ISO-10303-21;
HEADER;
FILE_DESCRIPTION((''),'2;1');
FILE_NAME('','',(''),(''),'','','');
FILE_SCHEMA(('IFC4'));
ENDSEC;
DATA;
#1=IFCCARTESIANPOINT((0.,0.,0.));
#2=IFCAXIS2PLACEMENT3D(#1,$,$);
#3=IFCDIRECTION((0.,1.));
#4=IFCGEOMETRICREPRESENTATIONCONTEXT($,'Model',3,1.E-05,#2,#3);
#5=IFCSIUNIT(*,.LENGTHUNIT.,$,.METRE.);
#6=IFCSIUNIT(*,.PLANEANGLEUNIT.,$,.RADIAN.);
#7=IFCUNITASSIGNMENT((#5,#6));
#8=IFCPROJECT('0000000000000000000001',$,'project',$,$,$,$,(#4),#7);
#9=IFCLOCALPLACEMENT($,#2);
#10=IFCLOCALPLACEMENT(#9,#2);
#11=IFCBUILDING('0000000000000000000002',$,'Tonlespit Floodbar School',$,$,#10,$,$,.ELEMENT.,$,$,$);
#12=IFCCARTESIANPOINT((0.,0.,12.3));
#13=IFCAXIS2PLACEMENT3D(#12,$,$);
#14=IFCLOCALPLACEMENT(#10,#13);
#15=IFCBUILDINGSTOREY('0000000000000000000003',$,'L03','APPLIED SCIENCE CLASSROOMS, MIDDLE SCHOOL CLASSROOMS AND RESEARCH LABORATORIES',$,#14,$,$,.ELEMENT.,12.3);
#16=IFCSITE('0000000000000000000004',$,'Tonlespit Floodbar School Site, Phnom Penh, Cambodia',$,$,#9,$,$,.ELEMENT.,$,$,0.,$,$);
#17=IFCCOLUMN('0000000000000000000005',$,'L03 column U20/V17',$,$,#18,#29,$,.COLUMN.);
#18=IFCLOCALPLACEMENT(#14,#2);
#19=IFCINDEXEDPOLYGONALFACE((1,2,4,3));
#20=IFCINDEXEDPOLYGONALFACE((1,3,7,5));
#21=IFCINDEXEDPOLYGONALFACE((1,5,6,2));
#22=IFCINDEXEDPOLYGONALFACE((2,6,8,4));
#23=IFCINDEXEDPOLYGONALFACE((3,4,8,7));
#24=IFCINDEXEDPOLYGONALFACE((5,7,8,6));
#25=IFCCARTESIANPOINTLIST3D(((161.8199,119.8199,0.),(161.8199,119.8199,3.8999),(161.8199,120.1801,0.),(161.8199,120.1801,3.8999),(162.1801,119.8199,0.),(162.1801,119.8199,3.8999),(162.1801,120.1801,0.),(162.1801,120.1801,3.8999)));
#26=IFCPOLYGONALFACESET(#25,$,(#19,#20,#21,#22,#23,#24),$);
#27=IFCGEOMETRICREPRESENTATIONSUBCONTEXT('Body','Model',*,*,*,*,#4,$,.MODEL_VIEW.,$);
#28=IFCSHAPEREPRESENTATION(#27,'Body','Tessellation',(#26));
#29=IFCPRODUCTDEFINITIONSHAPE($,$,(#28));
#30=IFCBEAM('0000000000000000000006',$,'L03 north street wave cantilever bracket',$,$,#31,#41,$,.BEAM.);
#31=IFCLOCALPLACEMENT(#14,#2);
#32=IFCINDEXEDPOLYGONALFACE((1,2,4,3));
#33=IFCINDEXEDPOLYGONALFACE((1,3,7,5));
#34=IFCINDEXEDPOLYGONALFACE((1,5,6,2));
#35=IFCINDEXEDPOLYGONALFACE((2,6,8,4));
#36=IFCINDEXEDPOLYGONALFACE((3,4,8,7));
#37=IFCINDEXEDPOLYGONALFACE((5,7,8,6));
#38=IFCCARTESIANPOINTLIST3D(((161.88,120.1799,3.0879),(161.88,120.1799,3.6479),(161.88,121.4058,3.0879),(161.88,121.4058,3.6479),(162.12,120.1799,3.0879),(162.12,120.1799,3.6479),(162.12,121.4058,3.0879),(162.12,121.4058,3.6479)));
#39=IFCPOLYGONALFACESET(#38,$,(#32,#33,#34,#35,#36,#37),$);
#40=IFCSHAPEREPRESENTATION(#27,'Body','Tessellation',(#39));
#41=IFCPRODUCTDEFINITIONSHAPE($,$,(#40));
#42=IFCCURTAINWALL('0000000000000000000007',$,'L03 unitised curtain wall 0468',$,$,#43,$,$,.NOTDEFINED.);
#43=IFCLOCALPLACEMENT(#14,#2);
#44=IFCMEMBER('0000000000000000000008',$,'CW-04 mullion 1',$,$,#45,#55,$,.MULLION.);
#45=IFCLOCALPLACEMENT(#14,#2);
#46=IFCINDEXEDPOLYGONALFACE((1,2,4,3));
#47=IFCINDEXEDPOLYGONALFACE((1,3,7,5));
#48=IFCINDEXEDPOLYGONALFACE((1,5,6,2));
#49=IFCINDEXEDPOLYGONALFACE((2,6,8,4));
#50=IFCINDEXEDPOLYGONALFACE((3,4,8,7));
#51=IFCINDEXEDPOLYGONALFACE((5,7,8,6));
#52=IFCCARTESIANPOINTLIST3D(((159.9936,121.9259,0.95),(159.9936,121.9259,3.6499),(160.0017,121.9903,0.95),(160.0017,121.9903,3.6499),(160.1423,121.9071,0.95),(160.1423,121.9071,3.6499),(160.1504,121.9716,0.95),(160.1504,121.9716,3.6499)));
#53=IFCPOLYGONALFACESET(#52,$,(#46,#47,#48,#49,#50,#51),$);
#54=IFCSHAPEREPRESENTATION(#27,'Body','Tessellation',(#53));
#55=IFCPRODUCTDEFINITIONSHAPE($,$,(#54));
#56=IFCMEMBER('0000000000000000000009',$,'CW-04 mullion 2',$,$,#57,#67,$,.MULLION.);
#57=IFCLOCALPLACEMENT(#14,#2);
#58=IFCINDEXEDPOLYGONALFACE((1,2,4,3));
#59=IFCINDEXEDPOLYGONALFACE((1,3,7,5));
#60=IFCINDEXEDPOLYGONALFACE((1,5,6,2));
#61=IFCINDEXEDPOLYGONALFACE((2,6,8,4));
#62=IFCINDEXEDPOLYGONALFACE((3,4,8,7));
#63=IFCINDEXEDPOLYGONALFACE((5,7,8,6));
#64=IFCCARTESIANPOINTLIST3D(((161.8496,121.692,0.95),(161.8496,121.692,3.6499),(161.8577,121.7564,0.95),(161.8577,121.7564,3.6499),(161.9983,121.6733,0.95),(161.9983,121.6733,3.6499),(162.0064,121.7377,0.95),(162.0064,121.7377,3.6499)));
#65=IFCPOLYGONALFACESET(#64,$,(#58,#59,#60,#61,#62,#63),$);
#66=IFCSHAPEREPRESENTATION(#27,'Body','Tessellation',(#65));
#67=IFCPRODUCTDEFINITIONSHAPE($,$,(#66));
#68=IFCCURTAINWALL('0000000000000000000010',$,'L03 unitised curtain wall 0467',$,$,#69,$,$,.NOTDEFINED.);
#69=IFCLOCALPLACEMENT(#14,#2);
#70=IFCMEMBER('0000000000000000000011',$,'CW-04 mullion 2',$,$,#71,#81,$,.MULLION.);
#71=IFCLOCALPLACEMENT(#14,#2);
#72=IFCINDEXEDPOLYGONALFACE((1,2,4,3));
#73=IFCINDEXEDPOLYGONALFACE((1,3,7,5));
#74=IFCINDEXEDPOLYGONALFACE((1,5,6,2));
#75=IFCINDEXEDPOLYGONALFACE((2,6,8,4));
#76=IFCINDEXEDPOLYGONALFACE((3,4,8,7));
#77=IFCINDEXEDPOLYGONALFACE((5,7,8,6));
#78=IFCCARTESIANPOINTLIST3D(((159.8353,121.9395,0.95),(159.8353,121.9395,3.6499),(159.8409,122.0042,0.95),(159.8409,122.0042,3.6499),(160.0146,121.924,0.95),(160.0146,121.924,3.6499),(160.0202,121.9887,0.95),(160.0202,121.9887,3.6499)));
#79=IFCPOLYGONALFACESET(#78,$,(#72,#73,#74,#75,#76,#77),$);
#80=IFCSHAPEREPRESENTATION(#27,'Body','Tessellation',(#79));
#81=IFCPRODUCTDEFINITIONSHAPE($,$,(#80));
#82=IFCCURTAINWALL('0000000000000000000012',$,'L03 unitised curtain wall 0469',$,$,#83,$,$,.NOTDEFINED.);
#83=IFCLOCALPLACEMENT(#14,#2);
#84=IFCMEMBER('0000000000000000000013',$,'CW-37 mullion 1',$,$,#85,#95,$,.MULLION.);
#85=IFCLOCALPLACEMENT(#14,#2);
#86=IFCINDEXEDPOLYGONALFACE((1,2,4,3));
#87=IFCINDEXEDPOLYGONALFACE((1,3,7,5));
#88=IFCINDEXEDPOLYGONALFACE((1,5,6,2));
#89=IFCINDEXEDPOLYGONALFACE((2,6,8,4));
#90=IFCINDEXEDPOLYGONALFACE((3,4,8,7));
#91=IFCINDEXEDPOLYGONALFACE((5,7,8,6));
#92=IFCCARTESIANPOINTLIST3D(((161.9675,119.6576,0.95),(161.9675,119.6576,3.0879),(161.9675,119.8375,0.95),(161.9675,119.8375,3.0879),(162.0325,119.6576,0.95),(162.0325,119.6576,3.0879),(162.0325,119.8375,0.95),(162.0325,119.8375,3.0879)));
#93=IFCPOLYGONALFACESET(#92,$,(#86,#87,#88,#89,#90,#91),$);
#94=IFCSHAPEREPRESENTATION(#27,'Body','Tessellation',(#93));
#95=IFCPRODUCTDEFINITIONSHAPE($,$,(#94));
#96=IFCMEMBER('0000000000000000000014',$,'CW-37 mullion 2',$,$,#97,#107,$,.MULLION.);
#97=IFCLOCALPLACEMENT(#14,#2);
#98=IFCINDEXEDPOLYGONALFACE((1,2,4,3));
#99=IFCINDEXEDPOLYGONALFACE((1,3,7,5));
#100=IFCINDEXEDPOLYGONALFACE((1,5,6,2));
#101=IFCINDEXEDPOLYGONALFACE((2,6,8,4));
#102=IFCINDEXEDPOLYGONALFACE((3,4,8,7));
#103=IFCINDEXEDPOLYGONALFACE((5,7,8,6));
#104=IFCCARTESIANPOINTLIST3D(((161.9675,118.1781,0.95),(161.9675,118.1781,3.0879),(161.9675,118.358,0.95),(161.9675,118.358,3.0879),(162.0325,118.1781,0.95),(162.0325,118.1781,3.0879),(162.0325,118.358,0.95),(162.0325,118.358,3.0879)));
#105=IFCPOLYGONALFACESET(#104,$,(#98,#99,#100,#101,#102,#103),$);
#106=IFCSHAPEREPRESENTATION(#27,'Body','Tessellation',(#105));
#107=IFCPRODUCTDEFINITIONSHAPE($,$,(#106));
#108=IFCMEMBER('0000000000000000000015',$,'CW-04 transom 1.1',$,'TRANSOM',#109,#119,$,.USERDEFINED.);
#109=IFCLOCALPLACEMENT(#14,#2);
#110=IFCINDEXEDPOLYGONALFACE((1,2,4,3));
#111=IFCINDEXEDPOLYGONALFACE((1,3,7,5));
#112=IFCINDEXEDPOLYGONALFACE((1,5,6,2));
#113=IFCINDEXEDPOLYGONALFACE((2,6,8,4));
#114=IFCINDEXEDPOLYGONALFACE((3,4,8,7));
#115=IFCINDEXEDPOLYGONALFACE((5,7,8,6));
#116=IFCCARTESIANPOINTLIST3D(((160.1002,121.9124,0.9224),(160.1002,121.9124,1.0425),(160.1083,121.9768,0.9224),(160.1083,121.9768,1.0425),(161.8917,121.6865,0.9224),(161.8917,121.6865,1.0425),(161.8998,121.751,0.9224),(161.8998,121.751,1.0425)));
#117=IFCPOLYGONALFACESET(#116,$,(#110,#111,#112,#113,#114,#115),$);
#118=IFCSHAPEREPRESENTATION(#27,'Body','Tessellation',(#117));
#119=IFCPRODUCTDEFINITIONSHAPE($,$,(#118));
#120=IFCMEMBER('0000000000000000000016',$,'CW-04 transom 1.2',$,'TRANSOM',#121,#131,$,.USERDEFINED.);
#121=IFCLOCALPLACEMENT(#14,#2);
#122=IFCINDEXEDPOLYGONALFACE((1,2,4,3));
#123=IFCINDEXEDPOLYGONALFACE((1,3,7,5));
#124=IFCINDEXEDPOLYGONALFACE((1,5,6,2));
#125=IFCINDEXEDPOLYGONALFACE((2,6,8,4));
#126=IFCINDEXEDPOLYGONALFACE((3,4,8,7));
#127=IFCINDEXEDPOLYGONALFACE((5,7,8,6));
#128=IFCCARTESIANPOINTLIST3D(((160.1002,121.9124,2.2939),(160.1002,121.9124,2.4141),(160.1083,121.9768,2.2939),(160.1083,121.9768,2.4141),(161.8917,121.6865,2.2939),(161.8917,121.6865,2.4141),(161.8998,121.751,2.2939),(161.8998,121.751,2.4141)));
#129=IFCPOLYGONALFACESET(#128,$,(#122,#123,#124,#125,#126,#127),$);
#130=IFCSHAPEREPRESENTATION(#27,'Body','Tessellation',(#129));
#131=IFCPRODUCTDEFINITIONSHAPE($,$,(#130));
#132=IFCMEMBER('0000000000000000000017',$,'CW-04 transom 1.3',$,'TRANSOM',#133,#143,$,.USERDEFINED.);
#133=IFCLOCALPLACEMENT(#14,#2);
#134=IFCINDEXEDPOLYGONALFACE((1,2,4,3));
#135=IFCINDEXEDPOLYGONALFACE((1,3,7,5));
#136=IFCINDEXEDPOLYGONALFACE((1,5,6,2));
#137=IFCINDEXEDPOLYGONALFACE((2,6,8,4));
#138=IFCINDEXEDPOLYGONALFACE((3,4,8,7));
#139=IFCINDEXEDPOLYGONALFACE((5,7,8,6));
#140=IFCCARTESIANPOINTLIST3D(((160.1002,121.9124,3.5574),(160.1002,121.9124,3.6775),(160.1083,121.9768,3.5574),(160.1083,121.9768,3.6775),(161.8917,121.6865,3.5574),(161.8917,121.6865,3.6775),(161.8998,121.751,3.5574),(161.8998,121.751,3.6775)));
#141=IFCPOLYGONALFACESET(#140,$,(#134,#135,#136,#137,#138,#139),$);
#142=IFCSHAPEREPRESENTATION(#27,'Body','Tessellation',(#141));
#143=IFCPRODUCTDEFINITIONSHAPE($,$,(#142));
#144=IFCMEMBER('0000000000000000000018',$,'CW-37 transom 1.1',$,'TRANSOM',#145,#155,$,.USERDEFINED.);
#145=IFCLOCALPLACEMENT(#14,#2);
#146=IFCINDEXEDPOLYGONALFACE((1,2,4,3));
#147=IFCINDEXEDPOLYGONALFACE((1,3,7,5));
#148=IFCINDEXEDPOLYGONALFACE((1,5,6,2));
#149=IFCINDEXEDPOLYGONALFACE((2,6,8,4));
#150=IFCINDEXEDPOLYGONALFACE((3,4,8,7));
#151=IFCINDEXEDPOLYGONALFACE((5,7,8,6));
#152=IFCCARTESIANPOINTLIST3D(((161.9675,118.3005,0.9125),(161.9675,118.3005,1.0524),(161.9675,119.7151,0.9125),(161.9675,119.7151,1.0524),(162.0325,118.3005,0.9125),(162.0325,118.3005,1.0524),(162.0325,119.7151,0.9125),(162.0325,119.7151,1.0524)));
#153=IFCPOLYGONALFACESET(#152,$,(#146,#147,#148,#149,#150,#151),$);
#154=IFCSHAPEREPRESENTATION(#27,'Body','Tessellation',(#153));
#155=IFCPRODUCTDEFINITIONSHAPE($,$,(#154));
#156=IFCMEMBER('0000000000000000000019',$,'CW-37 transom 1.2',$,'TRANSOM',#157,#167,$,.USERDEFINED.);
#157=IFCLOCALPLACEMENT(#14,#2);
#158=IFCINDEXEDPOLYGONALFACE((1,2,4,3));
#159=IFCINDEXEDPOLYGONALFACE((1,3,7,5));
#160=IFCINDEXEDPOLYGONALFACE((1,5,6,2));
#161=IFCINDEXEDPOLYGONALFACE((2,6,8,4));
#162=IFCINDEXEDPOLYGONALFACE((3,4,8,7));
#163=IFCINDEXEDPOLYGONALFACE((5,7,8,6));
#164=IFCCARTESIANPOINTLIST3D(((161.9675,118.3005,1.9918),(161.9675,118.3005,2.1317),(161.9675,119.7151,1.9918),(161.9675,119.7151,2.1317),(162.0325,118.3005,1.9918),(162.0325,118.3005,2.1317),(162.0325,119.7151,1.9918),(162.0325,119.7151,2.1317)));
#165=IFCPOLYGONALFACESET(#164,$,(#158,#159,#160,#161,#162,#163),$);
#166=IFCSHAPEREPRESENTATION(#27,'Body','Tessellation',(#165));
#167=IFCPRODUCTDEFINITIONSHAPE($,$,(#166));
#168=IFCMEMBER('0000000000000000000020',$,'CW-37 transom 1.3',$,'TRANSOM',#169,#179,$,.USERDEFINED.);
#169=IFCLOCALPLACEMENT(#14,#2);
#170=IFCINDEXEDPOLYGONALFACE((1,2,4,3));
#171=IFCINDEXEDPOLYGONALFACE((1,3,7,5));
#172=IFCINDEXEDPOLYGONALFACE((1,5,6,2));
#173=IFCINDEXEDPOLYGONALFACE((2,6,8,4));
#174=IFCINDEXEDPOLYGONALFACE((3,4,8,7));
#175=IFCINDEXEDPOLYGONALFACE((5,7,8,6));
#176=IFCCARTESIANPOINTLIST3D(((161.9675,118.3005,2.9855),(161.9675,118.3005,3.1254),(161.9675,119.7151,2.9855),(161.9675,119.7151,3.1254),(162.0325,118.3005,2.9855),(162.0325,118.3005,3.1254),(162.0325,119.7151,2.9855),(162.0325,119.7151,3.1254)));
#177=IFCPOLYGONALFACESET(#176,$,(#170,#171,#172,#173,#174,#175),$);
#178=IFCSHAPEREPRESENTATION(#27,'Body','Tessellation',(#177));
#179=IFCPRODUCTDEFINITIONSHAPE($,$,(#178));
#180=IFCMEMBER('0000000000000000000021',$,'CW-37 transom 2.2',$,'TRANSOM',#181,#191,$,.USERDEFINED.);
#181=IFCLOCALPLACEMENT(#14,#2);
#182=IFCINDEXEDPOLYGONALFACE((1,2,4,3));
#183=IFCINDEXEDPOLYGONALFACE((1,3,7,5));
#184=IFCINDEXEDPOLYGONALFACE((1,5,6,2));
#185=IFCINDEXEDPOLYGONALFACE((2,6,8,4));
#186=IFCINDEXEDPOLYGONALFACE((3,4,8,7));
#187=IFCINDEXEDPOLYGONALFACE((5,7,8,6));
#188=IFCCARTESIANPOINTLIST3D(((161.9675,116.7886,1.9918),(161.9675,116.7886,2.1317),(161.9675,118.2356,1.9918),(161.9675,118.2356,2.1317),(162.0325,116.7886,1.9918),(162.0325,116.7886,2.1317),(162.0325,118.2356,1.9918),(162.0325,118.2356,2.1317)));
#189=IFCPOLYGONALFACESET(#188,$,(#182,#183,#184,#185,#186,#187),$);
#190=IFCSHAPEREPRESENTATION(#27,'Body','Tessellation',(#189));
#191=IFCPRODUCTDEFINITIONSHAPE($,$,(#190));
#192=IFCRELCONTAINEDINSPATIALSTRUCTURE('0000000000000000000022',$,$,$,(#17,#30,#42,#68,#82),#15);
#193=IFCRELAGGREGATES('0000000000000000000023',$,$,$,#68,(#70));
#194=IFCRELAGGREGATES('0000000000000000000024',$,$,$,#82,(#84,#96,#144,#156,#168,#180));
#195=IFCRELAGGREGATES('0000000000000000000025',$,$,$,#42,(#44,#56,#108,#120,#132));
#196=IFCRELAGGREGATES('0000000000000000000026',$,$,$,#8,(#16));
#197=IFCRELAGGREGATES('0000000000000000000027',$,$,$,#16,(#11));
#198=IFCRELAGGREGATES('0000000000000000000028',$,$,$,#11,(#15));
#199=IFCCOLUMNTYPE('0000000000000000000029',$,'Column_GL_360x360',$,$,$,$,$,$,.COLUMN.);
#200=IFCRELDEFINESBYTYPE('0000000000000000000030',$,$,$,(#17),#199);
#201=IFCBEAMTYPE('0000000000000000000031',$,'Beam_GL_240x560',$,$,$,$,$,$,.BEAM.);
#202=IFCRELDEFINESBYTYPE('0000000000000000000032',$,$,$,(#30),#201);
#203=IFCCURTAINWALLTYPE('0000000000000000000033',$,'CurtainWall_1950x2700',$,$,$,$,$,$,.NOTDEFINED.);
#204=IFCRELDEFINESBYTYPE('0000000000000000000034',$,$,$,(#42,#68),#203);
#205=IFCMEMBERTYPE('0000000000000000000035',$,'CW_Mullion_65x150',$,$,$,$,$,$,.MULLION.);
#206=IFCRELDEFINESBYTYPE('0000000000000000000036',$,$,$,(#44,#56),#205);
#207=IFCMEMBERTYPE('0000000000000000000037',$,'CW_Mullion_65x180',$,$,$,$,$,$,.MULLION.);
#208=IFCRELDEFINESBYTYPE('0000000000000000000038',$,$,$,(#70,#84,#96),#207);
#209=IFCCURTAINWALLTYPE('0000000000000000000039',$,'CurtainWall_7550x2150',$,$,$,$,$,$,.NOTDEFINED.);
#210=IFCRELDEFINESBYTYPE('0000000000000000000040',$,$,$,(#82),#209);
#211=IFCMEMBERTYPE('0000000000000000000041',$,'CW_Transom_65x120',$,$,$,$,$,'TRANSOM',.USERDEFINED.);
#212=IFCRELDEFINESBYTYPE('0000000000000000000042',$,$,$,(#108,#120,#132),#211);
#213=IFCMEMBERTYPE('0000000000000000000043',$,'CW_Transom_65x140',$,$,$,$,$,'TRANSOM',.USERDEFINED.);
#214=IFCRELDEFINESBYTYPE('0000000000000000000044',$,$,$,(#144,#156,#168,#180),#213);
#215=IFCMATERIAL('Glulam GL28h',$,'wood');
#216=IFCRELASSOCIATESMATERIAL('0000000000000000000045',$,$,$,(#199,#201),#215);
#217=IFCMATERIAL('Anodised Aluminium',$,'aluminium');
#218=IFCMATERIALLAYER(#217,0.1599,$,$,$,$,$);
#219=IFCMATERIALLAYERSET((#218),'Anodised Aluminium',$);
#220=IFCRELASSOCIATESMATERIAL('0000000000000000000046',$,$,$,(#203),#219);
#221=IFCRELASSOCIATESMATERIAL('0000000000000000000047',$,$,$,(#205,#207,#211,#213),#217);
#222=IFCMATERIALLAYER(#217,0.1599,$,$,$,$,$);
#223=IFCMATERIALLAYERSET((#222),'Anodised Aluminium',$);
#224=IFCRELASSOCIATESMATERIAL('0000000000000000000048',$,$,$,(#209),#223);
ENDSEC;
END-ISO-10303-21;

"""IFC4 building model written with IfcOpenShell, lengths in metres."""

from ifc_helpers import new_model, si_unit, direction, frame, origin, origin_2d, place, context, subcontext, project, spatial, rectangle, extrude, material, layer, layer_set, material_profile, profile_set, type_object, element, aggregate, save


model = new_model("IFC4")

# Units and contexts
model_context = context("Model", 3, precision=1e-05, world=origin(), true_north=direction((0.0, 1.0)))
body_context = subcontext(model_context, "Body", "Model", "MODEL_VIEW")
ifc_project = project(units=[si_unit("LENGTHUNIT", "METRE"), si_unit("PLANEANGLEUNIT", "RADIAN")], contexts=[model_context])

# Site, building, storey
site_placement = place(None, origin())
site = spatial("IfcSite", under=ifc_project, at=site_placement, Name="Tonlespit Floodbar School Site, Phnom Penh, Cambodia", CompositionType="ELEMENT", RefElevation=0.0)
building_placement = place(site_placement, origin())
building = spatial("IfcBuilding", under=site, at=building_placement, Name="Tonlespit Floodbar School", CompositionType="ELEMENT")
storey_placement = place(building_placement, frame((0.0, 0.0, 12.3)))
storey = spatial("IfcBuildingStorey", under=building, at=storey_placement, Name="L03", Description="APPLIED SCIENCE CLASSROOMS, MIDDLE SCHOOL CLASSROOMS AND RESEARCH LABORATORIES", CompositionType="ELEMENT", Elevation=12.3)

# Column
ifc_material_1 = material(Name="Glulam GL28h", Category="wood")
ifc_material_profile_1 = material_profile(ifc_material_1, rectangle(XDim=0.3601, YDim=0.3601, at=origin_2d()), Name="GL 360x360")
ifc_profile_set_1 = profile_set([ifc_material_profile_1], Name="Glulam GL28h")
column_type = type_object("IfcColumnType", Name="Column_GL_360x360", PredefinedType="COLUMN", material=ifc_profile_set_1)
column_placement = place(storey_placement, frame((162.0, 120.0, 0.0), z_axis=(0.0, 0.0, 1.0), x_axis=(1.0, 0.0, 0.0)))
element("IfcColumn", 1, at=column_placement, inside=storey, type_object=column_type, Name="L03 column U20/V17", PredefinedType="COLUMN", context=body_context, shape_type="SweptSolid", body=[
    extrude(rectangle(XDim=0.3601, YDim=0.3601, at=origin_2d()), origin(), (0.0, 0.0, 1.0), 3.8999),
])

# Beam
ifc_material_profile_2 = material_profile(ifc_material_1, rectangle(XDim=0.24, YDim=0.5601, at=origin_2d()), Name="GL 240x560")
ifc_profile_set_2 = profile_set([ifc_material_profile_2], Name="Glulam GL28h")
beam_type = type_object("IfcBeamType", Name="Beam_GL_240x560", PredefinedType="BEAM", material=ifc_profile_set_2)
beam_placement = place(storey_placement, frame((162.0, 120.1799, 3.3679), z_axis=(0.0, 1.0, 0.0), x_axis=(-1.0, 0.0, 0.0)))
element("IfcBeam", 2, at=beam_placement, inside=storey, type_object=beam_type, Name="L03 north street wave cantilever bracket", PredefinedType="BEAM", context=body_context, shape_type="SweptSolid", body=[
    extrude(rectangle(XDim=0.24, YDim=0.5601, at=origin_2d()), origin(), (0.0, 0.0, 1.0), 1.2258),
])

# Curtain wall, members
ifc_material_2 = material(Name="Anodised Aluminium", Category="aluminium")
ifc_layer_1 = layer(ifc_material_2, 0.1599)
ifc_layer_set_1 = layer_set([ifc_layer_1], Name="Anodised Aluminium")
curtain_wall_type_1 = type_object("IfcCurtainWallType", Name="CurtainWall_1950x2700", PredefinedType="NOTDEFINED", material=ifc_layer_set_1)
curtain_wall_1_placement = place(storey_placement, origin())
curtain_wall_1 = element("IfcCurtainWall", 3, at=curtain_wall_1_placement, inside=storey, type_object=curtain_wall_type_1, Name="L03 unitised curtain wall 0468", PredefinedType="NOTDEFINED")
ifc_material_profile_3 = material_profile(ifc_material_2, rectangle(XDim=0.0649, YDim=0.1499, at=origin_2d()), Name="ALU M65x150")
ifc_profile_set_3 = profile_set([ifc_material_profile_3], Name="Anodised Aluminium")
member_type_1 = type_object("IfcMemberType", Name="CW_Mullion_65x150", PredefinedType="MULLION", material=ifc_profile_set_3)
member_1_placement = place(storey_placement, frame((160.072, 121.9487, 0.95), z_axis=(0.0, 0.0, 1.0), x_axis=(0.125014, 0.992155, 0.0)))
member_1 = element("IfcMember", 4, at=member_1_placement, type_object=member_type_1, Name="CW-04 mullion 1", PredefinedType="MULLION", context=body_context, shape_type="SweptSolid", body=[
    extrude(rectangle(XDim=0.0649, YDim=0.1499, at=origin_2d()), origin(), (0.0, 0.0, 1.0), 2.7),
])
member_2_placement = place(storey_placement, frame((161.928, 121.7148, 0.95), z_axis=(0.0, 0.0, 1.0), x_axis=(0.125014, 0.992155, 0.0)))
member_2 = element("IfcMember", 5, at=member_2_placement, type_object=member_type_1, Name="CW-04 mullion 2", PredefinedType="MULLION", context=body_context, shape_type="SweptSolid", body=[
    extrude(rectangle(XDim=0.0649, YDim=0.1499, at=origin_2d()), origin(), (0.0, 0.0, 1.0), 2.7),
])

# Curtain wall, member
curtain_wall_2_placement = place(storey_placement, origin())
curtain_wall_2 = element("IfcCurtainWall", 6, at=curtain_wall_2_placement, inside=storey, type_object=curtain_wall_type_1, Name="L03 unitised curtain wall 0467", PredefinedType="NOTDEFINED")
ifc_material_profile_4 = material_profile(ifc_material_2, rectangle(XDim=0.0649, YDim=0.1799, at=origin_2d()), Name="ALU M65x180")
ifc_profile_set_4 = profile_set([ifc_material_profile_4], Name="Anodised Aluminium")
member_type_2 = type_object("IfcMemberType", Name="CW_Mullion_65x180", PredefinedType="MULLION", material=ifc_profile_set_4)
member_3_placement = place(storey_placement, frame((159.9277, 121.9641, 0.95), z_axis=(0.0, 0.0, 1.0), x_axis=(0.086531, 0.996249, 0.0)))
member_3 = element("IfcMember", 7, at=member_3_placement, type_object=member_type_2, Name="CW-04 mullion 2", PredefinedType="MULLION", context=body_context, shape_type="SweptSolid", body=[
    extrude(rectangle(XDim=0.0649, YDim=0.1799, at=origin_2d()), origin(), (0.0, 0.0, 1.0), 2.7),
])
aggregate(curtain_wall_2, [member_3])

# Curtain wall, members
ifc_layer_2 = layer(ifc_material_2, 0.1599)
ifc_layer_set_2 = layer_set([ifc_layer_2], Name="Anodised Aluminium")
curtain_wall_type_2 = type_object("IfcCurtainWallType", Name="CurtainWall_7550x2150", PredefinedType="NOTDEFINED", material=ifc_layer_set_2)
curtain_wall_3_placement = place(storey_placement, origin())
curtain_wall_3 = element("IfcCurtainWall", 8, at=curtain_wall_3_placement, inside=storey, type_object=curtain_wall_type_2, Name="L03 unitised curtain wall 0469", PredefinedType="NOTDEFINED")
member_4_placement = place(storey_placement, frame((162.0, 119.7476, 0.95), z_axis=(0.0, 0.0, 1.0), x_axis=(1.0, 0.0, 0.0)))
member_4 = element("IfcMember", 9, at=member_4_placement, type_object=member_type_2, Name="CW-37 mullion 1", PredefinedType="MULLION", context=body_context, shape_type="SweptSolid", body=[
    extrude(rectangle(XDim=0.0649, YDim=0.1799, at=origin_2d()), origin(), (0.0, 0.0, 1.0), 2.1379),
])
member_5_placement = place(storey_placement, frame((162.0, 118.2681, 0.95), z_axis=(0.0, 0.0, 1.0), x_axis=(1.0, 0.0, 0.0)))
member_5 = element("IfcMember", 10, at=member_5_placement, type_object=member_type_2, Name="CW-37 mullion 2", PredefinedType="MULLION", context=body_context, shape_type="SweptSolid", body=[
    extrude(rectangle(XDim=0.0649, YDim=0.1799, at=origin_2d()), origin(), (0.0, 0.0, 1.0), 2.1379),
])

# Members
ifc_material_profile_5 = material_profile(ifc_material_2, rectangle(XDim=0.0649, YDim=0.1201, at=origin_2d()), Name="ALU T65x120")
ifc_profile_set_5 = profile_set([ifc_material_profile_5], Name="Anodised Aluminium")
member_type_3 = type_object("IfcMemberType", Name="CW_Transom_65x120", ElementType="TRANSOM", PredefinedType="USERDEFINED", material=ifc_profile_set_5)
member_6_placement = place(storey_placement, frame((160.1042, 121.9446, 0.9824), z_axis=(0.992148, -0.125066, 0.0), x_axis=(0.125066, 0.992148, 0.0)))
member_6 = element("IfcMember", 11, at=member_6_placement, type_object=member_type_3, Name="CW-04 transom 1.1", ObjectType="TRANSOM", PredefinedType="USERDEFINED", context=body_context, shape_type="SweptSolid", body=[
    extrude(rectangle(XDim=0.0649, YDim=0.1201, at=origin_2d()), origin(), (0.0, 0.0, 1.0), 1.8057),
])
member_7_placement = place(storey_placement, frame((160.1042, 121.9446, 2.354), z_axis=(0.992148, -0.125066, 0.0), x_axis=(0.125066, 0.992148, 0.0)))
member_7 = element("IfcMember", 12, at=member_7_placement, type_object=member_type_3, Name="CW-04 transom 1.2", ObjectType="TRANSOM", PredefinedType="USERDEFINED", context=body_context, shape_type="SweptSolid", body=[
    extrude(rectangle(XDim=0.0649, YDim=0.1201, at=origin_2d()), origin(), (0.0, 0.0, 1.0), 1.8057),
])
member_8_placement = place(storey_placement, frame((160.1042, 121.9446, 3.6174), z_axis=(0.992148, -0.125066, 0.0), x_axis=(0.125066, 0.992148, 0.0)))
member_8 = element("IfcMember", 13, at=member_8_placement, type_object=member_type_3, Name="CW-04 transom 1.3", ObjectType="TRANSOM", PredefinedType="USERDEFINED", context=body_context, shape_type="SweptSolid", body=[
    extrude(rectangle(XDim=0.0649, YDim=0.1201, at=origin_2d()), origin(), (0.0, 0.0, 1.0), 1.8057),
])
ifc_material_profile_6 = material_profile(ifc_material_2, rectangle(XDim=0.0649, YDim=0.1399, at=origin_2d()), Name="ALU T65x140")
ifc_profile_set_6 = profile_set([ifc_material_profile_6], Name="Anodised Aluminium")
member_type_4 = type_object("IfcMemberType", Name="CW_Transom_65x140", ElementType="TRANSOM", PredefinedType="USERDEFINED", material=ifc_profile_set_6)
member_9_placement = place(storey_placement, frame((162.0, 119.7151, 0.9824), z_axis=(0.0, -1.0, 0.0), x_axis=(1.0, 0.0, 0.0)))
member_9 = element("IfcMember", 14, at=member_9_placement, type_object=member_type_4, Name="CW-37 transom 1.1", ObjectType="TRANSOM", PredefinedType="USERDEFINED", context=body_context, shape_type="SweptSolid", body=[
    extrude(rectangle(XDim=0.0649, YDim=0.1399, at=origin_2d()), origin(), (0.0, 0.0, 1.0), 1.4146),
])
member_10_placement = place(storey_placement, frame((162.0, 119.7151, 2.0618), z_axis=(0.0, -1.0, 0.0), x_axis=(1.0, 0.0, 0.0)))
member_10 = element("IfcMember", 15, at=member_10_placement, type_object=member_type_4, Name="CW-37 transom 1.2", ObjectType="TRANSOM", PredefinedType="USERDEFINED", context=body_context, shape_type="SweptSolid", body=[
    extrude(rectangle(XDim=0.0649, YDim=0.1399, at=origin_2d()), origin(), (0.0, 0.0, 1.0), 1.4146),
])
member_11_placement = place(storey_placement, frame((162.0, 119.7151, 3.0554), z_axis=(0.0, -1.0, 0.0), x_axis=(1.0, 0.0, 0.0)))
member_11 = element("IfcMember", 16, at=member_11_placement, type_object=member_type_4, Name="CW-37 transom 1.3", ObjectType="TRANSOM", PredefinedType="USERDEFINED", context=body_context, shape_type="SweptSolid", body=[
    extrude(rectangle(XDim=0.0649, YDim=0.1399, at=origin_2d()), origin(), (0.0, 0.0, 1.0), 1.4146),
])
member_12_placement = place(storey_placement, frame((162.0, 118.2356, 2.0618), z_axis=(0.0, -1.0, 0.0), x_axis=(1.0, 0.0, 0.0)))
member_12 = element("IfcMember", 17, at=member_12_placement, type_object=member_type_4, Name="CW-37 transom 2.2", ObjectType="TRANSOM", PredefinedType="USERDEFINED", context=body_context, shape_type="SweptSolid", body=[
    extrude(rectangle(XDim=0.0649, YDim=0.1399, at=origin_2d()), origin(), (0.0, 0.0, 1.0), 1.447),
])

aggregate(curtain_wall_3, [member_4, member_5, member_9, member_10, member_11, member_12])
aggregate(curtain_wall_1, [member_1, member_2, member_6, member_7, member_8])

save(model, "model.ifc")
